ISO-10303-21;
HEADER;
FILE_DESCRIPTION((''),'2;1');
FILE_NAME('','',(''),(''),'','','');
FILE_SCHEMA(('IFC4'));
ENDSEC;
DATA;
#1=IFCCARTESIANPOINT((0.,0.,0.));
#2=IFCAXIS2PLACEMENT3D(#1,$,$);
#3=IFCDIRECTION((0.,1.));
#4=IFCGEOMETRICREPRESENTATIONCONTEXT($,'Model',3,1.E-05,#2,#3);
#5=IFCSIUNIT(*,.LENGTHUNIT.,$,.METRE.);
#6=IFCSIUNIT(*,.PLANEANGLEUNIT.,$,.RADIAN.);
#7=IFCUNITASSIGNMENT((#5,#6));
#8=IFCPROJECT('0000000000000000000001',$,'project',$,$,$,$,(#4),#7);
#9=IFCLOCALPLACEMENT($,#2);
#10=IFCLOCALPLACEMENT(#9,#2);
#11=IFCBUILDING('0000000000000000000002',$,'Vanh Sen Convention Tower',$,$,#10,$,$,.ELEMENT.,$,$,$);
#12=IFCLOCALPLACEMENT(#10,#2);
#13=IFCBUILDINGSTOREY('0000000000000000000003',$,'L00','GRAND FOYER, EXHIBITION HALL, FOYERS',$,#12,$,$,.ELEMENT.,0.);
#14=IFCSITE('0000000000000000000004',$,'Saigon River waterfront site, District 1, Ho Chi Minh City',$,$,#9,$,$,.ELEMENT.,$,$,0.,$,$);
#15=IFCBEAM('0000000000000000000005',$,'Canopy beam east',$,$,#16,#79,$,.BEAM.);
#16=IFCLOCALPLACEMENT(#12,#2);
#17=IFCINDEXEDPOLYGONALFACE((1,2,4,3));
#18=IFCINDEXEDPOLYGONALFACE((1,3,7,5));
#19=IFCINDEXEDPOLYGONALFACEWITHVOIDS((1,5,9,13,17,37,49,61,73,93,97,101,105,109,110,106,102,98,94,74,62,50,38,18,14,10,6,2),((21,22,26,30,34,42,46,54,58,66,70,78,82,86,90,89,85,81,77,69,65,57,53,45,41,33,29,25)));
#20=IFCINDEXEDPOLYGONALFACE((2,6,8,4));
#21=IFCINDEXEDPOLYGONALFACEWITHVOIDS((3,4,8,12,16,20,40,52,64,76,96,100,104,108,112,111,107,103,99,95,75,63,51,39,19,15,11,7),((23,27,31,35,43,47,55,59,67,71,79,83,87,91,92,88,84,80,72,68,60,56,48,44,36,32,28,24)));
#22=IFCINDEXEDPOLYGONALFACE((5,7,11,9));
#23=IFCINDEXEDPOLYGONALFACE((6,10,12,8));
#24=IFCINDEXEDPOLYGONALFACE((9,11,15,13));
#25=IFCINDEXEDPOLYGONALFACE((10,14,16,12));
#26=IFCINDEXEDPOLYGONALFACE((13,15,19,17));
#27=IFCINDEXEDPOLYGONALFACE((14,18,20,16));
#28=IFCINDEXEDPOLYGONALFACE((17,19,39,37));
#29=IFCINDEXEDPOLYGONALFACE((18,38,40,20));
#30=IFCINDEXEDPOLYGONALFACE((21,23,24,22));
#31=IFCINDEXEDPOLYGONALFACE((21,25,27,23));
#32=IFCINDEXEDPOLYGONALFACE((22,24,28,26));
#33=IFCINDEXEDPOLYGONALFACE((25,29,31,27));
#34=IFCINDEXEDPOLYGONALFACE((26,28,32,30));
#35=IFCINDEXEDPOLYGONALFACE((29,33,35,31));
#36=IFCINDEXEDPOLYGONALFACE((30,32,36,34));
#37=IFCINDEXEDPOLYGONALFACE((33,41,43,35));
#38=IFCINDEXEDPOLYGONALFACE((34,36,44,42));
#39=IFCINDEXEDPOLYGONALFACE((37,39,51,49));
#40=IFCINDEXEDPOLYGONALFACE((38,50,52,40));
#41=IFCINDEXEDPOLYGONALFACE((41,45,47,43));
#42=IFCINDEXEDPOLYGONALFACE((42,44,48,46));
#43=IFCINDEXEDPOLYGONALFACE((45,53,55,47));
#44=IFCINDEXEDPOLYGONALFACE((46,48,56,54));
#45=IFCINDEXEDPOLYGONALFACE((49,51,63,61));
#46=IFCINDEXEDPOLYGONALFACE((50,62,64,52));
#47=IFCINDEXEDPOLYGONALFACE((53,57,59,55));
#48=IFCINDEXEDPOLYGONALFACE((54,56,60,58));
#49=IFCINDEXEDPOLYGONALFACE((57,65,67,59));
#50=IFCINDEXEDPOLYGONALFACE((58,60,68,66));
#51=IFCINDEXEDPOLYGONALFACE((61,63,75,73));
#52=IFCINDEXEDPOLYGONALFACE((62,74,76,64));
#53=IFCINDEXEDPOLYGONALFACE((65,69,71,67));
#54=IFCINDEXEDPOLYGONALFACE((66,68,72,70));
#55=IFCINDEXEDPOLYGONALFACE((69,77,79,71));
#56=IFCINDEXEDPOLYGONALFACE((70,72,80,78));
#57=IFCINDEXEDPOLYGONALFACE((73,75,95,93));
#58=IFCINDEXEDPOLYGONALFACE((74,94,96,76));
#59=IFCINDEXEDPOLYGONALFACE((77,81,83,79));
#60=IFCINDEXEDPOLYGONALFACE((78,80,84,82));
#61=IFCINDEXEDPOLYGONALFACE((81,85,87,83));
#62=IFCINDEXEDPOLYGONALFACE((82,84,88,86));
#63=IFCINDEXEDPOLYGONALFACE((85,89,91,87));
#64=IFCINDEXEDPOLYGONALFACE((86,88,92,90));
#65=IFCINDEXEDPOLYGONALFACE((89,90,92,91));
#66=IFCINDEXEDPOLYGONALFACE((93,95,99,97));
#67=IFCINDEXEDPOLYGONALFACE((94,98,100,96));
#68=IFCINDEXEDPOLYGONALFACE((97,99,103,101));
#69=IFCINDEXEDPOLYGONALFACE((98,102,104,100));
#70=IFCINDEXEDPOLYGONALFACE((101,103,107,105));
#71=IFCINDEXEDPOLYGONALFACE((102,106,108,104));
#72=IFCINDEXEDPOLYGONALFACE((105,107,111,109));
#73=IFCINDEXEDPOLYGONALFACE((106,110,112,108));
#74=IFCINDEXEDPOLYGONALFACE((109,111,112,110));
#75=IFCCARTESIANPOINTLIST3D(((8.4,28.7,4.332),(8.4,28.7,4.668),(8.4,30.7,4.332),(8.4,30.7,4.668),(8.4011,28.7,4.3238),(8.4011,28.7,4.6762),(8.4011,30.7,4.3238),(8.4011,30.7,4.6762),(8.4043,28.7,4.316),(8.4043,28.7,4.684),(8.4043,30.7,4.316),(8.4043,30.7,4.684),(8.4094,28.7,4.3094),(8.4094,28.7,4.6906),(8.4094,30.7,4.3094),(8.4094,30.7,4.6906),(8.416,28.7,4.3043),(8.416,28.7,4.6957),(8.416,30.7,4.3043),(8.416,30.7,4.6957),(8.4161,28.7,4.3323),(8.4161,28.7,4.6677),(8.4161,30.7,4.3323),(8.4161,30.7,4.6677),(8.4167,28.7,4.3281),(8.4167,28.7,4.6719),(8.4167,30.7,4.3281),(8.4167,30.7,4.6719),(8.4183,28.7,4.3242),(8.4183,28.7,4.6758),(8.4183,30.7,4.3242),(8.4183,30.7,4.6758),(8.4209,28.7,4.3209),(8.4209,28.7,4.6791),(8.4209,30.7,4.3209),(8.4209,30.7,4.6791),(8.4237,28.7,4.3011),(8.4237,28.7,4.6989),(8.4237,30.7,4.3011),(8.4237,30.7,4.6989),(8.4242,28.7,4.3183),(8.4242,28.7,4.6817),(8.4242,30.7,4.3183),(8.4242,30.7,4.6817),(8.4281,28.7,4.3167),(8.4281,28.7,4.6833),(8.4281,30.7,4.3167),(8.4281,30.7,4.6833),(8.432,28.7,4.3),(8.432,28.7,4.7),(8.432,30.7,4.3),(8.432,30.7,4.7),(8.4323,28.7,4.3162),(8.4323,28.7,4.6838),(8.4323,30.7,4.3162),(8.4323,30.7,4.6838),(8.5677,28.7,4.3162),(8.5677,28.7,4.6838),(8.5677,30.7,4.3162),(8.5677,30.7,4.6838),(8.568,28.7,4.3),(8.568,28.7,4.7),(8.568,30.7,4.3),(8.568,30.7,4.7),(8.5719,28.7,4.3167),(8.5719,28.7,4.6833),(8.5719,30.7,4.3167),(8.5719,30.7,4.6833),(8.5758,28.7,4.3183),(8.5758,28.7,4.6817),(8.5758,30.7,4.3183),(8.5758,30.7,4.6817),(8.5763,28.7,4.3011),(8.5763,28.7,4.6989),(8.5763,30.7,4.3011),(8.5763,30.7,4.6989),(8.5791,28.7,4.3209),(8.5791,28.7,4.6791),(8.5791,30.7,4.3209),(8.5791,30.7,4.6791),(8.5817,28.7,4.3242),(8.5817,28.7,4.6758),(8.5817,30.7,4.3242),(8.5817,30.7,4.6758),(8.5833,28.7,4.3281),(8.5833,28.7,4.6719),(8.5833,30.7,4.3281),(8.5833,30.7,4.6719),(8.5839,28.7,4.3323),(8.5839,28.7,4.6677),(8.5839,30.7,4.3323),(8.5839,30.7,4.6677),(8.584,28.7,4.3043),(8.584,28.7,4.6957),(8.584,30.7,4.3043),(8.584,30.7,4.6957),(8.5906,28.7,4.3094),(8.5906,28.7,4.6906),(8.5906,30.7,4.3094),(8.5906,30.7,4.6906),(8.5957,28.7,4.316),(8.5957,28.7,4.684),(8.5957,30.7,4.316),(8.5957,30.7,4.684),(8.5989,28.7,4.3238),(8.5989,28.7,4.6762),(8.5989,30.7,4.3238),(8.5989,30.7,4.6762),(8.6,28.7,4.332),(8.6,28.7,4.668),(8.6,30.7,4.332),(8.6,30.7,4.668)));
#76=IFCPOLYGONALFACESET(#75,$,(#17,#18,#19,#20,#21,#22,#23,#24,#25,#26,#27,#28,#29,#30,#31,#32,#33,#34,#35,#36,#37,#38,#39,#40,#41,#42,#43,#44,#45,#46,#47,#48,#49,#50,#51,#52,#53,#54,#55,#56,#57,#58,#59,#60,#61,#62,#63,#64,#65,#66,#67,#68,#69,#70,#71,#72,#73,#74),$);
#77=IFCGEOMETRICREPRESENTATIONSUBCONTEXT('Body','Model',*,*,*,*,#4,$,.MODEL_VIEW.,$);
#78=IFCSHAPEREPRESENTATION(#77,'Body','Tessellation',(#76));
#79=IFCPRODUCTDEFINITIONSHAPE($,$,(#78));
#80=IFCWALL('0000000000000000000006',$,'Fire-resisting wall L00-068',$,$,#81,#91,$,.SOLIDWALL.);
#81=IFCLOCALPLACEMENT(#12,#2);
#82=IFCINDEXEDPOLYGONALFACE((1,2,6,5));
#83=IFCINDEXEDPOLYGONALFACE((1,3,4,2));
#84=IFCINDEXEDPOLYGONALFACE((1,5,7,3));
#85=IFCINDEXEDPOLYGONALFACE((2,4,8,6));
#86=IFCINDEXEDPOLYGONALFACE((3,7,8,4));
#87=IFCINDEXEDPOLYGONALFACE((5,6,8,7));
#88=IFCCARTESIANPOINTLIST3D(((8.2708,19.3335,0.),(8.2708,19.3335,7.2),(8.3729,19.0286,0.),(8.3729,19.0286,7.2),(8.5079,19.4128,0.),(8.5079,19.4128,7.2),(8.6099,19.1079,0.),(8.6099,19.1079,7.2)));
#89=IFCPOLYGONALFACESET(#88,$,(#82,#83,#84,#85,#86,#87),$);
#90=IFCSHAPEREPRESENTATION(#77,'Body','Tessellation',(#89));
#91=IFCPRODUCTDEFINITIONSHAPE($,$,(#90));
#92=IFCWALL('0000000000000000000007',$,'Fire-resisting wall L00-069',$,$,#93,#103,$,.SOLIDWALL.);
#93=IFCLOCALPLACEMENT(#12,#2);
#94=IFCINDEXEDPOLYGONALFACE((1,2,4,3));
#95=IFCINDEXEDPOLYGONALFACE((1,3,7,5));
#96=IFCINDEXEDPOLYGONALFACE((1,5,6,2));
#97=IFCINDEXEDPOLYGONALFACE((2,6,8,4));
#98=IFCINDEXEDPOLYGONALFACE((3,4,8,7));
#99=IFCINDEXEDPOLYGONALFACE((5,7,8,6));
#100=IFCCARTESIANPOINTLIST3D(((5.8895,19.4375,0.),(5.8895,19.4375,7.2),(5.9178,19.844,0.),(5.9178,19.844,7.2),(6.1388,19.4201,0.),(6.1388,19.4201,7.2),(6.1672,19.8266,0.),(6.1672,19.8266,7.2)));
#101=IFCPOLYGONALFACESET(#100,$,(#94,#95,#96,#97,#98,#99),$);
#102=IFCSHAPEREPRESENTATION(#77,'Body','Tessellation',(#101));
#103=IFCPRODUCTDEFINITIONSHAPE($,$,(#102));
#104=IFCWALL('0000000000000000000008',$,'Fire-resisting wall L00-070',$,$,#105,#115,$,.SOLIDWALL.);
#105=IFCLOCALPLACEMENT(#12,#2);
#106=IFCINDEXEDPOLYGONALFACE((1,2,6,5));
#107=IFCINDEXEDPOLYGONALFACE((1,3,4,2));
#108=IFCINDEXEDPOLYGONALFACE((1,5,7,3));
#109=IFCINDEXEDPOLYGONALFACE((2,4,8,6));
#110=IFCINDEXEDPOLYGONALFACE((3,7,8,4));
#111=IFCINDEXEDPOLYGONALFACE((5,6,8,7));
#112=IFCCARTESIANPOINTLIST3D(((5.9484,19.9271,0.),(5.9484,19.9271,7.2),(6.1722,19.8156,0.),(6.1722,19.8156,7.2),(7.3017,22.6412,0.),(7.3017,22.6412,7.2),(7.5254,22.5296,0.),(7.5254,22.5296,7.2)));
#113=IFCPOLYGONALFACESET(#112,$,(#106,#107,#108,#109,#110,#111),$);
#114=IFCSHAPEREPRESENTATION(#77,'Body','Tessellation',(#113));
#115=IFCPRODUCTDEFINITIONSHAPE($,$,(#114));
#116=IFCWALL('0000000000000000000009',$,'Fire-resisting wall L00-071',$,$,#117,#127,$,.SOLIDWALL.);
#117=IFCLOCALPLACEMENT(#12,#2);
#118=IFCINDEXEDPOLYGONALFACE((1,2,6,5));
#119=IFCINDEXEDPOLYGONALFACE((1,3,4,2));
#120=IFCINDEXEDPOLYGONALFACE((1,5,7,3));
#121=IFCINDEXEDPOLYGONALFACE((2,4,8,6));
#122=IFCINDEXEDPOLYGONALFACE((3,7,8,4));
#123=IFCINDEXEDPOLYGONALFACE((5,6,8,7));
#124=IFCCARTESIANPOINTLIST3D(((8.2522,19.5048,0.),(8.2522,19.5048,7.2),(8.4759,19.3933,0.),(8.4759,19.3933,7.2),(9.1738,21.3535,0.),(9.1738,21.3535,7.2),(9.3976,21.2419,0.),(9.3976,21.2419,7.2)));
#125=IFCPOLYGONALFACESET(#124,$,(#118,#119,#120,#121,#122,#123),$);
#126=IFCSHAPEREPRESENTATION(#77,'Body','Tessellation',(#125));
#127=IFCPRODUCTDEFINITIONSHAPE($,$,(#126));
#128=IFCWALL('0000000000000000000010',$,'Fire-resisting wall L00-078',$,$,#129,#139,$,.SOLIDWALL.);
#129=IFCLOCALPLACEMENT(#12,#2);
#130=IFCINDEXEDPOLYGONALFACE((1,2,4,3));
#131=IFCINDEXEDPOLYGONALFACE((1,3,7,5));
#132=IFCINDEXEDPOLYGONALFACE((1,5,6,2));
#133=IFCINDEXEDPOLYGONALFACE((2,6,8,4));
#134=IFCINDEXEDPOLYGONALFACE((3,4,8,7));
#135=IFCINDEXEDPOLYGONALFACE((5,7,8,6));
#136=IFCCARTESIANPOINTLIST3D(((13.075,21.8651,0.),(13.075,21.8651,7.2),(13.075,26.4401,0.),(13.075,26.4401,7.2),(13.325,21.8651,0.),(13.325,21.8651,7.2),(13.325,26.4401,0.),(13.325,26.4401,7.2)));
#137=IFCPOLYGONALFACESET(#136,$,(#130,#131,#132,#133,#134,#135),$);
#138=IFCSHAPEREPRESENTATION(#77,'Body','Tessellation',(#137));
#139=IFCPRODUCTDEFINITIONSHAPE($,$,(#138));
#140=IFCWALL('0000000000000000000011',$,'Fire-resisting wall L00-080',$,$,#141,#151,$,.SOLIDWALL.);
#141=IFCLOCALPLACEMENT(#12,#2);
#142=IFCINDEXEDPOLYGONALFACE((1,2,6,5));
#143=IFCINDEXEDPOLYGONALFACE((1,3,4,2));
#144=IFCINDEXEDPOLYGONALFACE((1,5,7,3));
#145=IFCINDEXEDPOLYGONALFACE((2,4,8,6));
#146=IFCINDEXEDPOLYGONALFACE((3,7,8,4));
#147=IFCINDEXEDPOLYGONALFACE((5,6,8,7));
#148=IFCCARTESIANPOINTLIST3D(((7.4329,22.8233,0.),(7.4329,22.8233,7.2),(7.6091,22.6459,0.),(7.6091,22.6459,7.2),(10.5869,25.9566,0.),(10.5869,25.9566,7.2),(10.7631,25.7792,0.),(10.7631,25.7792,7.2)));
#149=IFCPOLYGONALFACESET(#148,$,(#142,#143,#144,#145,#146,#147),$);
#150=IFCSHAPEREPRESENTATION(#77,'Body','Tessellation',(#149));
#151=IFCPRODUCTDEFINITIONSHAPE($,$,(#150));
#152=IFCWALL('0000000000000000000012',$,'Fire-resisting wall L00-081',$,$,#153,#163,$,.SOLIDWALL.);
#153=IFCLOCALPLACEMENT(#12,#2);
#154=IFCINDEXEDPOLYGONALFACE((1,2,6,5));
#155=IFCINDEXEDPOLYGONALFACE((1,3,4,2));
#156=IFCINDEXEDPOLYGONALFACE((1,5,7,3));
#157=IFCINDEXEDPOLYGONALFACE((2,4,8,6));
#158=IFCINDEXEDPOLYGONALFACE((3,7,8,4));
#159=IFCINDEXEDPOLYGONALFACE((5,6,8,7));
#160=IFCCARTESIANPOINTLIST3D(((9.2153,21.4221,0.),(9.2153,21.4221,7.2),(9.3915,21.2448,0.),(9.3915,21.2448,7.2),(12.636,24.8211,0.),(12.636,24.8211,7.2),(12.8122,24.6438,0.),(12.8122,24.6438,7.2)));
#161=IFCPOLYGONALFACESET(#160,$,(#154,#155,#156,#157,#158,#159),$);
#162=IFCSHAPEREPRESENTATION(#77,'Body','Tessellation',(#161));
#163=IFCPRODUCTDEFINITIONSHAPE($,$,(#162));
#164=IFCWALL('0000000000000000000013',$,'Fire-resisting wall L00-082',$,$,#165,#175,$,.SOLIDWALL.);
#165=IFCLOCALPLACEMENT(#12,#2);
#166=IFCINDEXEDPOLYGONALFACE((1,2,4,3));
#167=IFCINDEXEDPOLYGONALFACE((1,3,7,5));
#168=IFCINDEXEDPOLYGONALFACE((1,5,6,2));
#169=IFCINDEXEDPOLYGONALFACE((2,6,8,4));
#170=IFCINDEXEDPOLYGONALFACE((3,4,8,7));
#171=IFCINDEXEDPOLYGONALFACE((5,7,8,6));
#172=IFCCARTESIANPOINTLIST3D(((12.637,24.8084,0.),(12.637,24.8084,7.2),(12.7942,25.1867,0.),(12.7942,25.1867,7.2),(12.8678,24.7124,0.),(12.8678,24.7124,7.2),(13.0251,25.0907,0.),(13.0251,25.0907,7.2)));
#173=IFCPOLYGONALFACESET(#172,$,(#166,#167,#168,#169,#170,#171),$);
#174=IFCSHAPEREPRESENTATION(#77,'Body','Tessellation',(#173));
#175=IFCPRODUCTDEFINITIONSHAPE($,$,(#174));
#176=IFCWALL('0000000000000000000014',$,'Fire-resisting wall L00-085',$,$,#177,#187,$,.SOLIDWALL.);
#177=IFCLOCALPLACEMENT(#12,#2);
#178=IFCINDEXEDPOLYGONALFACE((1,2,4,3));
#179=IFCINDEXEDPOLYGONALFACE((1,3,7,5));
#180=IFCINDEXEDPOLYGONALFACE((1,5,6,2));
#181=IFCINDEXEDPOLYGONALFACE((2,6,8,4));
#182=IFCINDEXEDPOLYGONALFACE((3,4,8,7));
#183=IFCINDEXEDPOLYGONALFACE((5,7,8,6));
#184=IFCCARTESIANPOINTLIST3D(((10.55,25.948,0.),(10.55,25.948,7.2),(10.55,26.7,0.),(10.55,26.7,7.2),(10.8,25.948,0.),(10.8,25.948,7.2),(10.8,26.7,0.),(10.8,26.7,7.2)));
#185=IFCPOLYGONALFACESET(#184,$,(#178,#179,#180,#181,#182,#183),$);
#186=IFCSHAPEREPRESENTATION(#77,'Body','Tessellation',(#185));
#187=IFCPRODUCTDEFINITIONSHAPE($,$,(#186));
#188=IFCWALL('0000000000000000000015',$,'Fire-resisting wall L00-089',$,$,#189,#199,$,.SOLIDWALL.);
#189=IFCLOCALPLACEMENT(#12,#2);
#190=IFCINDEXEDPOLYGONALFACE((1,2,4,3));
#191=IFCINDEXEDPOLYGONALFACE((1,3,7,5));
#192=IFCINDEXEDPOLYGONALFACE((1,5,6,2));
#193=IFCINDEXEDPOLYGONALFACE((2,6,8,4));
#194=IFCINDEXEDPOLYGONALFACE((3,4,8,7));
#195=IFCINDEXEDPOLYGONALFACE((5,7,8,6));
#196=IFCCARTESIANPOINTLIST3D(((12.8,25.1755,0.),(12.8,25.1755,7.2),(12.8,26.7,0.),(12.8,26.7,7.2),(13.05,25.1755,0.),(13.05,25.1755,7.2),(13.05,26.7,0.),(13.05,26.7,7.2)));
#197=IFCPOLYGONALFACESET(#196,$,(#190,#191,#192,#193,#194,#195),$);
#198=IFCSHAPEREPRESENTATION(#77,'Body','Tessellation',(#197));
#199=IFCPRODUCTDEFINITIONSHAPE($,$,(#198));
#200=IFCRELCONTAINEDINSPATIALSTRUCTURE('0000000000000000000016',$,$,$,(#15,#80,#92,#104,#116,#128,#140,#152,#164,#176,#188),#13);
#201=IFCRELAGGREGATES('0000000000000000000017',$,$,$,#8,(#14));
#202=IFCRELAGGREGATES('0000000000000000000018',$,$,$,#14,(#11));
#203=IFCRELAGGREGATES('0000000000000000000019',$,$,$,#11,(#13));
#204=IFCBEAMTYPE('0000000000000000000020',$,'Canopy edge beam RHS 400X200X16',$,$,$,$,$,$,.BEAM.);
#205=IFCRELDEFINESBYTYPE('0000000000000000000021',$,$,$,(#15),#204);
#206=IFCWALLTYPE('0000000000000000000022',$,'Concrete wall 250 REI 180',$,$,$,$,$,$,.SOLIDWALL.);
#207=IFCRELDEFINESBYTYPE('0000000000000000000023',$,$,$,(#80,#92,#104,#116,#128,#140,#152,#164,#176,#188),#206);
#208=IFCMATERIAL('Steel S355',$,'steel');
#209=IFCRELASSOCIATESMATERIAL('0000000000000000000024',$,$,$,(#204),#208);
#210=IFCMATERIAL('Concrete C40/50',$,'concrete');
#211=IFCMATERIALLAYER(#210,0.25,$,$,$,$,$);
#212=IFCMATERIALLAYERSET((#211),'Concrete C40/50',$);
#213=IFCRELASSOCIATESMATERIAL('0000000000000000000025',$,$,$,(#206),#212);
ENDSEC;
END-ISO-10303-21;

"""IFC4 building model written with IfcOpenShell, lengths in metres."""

from ifc_helpers import new_model, si_unit, direction, frame, frame_2d, origin, origin_2d, place, context, subcontext, project, spatial, rectangle, hollow_rectangle, extrude, material, layer, layer_set, material_profile, profile_set, type_object, element, save


model = new_model("IFC4")

# Units and contexts
model_context = context("Model", 3, precision=1e-05, world=origin(), true_north=direction((0.0, 1.0)))
body_context = subcontext(model_context, "Body", "Model", "MODEL_VIEW")
ifc_project = project(units=[si_unit("LENGTHUNIT", "METRE"), si_unit("PLANEANGLEUNIT", "RADIAN")], contexts=[model_context])

# Site, building, storey
site_placement = place(None, origin())
site = spatial("IfcSite", under=ifc_project, at=site_placement, Name="Saigon River waterfront site, District 1, Ho Chi Minh City", CompositionType="ELEMENT", RefElevation=0.0)
building_placement = place(site_placement, origin())
building = spatial("IfcBuilding", under=site, at=building_placement, Name="Vanh Sen Convention Tower", CompositionType="ELEMENT")
storey_placement = place(building_placement, origin())
storey = spatial("IfcBuildingStorey", under=building, at=storey_placement, Name="L00", Description="GRAND FOYER, EXHIBITION HALL, FOYERS", CompositionType="ELEMENT", Elevation=0.0)

# Shared definitions
ifc_material_1 = material(Name="Concrete C40/50", Category="concrete")

# Shared definitions
ifc_material_2 = material(Name="Steel S355", Category="steel")

# Beam
ifc_material_profile_1 = material_profile(ifc_material_2, hollow_rectangle(XDim=0.2, YDim=0.3999, WallThickness=0.0161, InnerFilletRadius=0.0161, OuterFilletRadius=0.032, at=origin_2d()), Name="RHS 400X200X16")
ifc_profile_set_1 = profile_set([ifc_material_profile_1], Name="Steel S355")
beam_type_1 = type_object("IfcBeamType", Name="Canopy edge beam RHS 400X200X16", PredefinedType="BEAM", material=ifc_profile_set_1)
beam_1_placement = place(storey_placement, frame((8.5, 28.7, 4.5), z_axis=(0.0, 1.0, 0.0), x_axis=(-1.0, 0.0, 0.0)))
element("IfcBeam", 1, at=beam_1_placement, inside=storey, type_object=beam_type_1, Name="Canopy beam east", PredefinedType="BEAM", context=body_context, shape_type="SweptSolid", body=[
    extrude(hollow_rectangle(XDim=0.2, YDim=0.3999, WallThickness=0.0161, InnerFilletRadius=0.0161, OuterFilletRadius=0.032, at=origin_2d()), origin(), (0.0, 0.0, 1.0), 2.0),
])

# Walls
ifc_layer_1 = layer(ifc_material_1, 0.25)
ifc_layer_set_1 = layer_set([ifc_layer_1], Name="Concrete C40/50")
wall_type_1 = type_object("IfcWallType", Name="Concrete wall 250 REI 180", PredefinedType="SOLIDWALL", material=ifc_layer_set_1)
wall_1_placement = place(storey_placement, frame((8.3894, 19.373, 0.0), z_axis=(0.0, 0.0, 1.0), x_axis=(0.317366, -0.948303, 0.0)))
element("IfcWall", 2, at=wall_1_placement, inside=storey, type_object=wall_type_1, Name="Fire-resisting wall L00-068", PredefinedType="SOLIDWALL", context=body_context, shape_type="SweptSolid", body=[
    extrude(rectangle(XDim=0.3215, YDim=0.25, at=frame_2d((0.1606, 0.0))), origin(), (0.0, 0.0, 1.0), 7.2),
])
wall_2_placement = place(storey_placement, frame((6.0142, 19.429, 0.0), z_axis=(0.0, 0.0, 1.0), x_axis=(0.069501, 0.997582, 0.0)))
element("IfcWall", 3, at=wall_2_placement, inside=storey, type_object=wall_type_1, Name="Fire-resisting wall L00-069", PredefinedType="SOLIDWALL", context=body_context, shape_type="SweptSolid", body=[
    extrude(rectangle(XDim=0.4075, YDim=0.25, at=frame_2d((0.2036, 0.0))), origin(), (0.0, 0.0, 1.0), 7.2),
])
wall_3_placement = place(storey_placement, frame((6.0603, 19.8713, 0.0), z_axis=(0.0, 0.0, 1.0), x_axis=(0.446215, 0.894926, 0.0)))
element("IfcWall", 4, at=wall_3_placement, inside=storey, type_object=wall_type_1, Name="Fire-resisting wall L00-070", PredefinedType="SOLIDWALL", context=body_context, shape_type="SweptSolid", body=[
    extrude(rectangle(XDim=3.0327, YDim=0.25, at=frame_2d((1.5164, 0.0))), origin(), (0.0, 0.0, 1.0), 7.2),
])
wall_4_placement = place(storey_placement, frame((9.2856, 21.2976, 0.0), z_axis=(0.0, 0.0, 1.0), x_axis=(-0.446173, -0.894947, 0.0)))
element("IfcWall", 5, at=wall_4_placement, inside=storey, type_object=wall_type_1, Name="Fire-resisting wall L00-071", PredefinedType="SOLIDWALL", context=body_context, shape_type="SweptSolid", body=[
    extrude(rectangle(XDim=2.0657, YDim=0.25, at=frame_2d((1.0327, 0.0))), origin(), (0.0, 0.0, 1.0), 7.2),
])
wall_5_placement = place(storey_placement, frame((13.2, 21.865, 0.0), z_axis=(0.0, 0.0, 1.0), x_axis=(0.0, 1.0, 0.0)))
element("IfcWall", 6, at=wall_5_placement, inside=storey, type_object=wall_type_1, Name="Fire-resisting wall L00-078", PredefinedType="SOLIDWALL", context=body_context, shape_type="SweptSolid", body=[
    extrude(rectangle(XDim=4.575, YDim=0.25, at=frame_2d((2.2876, 0.0))), origin(), (0.0, 0.0, 1.0), 7.2),
])
wall_6_placement = place(storey_placement, frame((7.521, 22.7346, 0.0), z_axis=(0.0, 0.0, 1.0), x_axis=(0.709437, 0.704769, 0.0)))
element("IfcWall", 7, at=wall_6_placement, inside=storey, type_object=wall_type_1, Name="Fire-resisting wall L00-080", PredefinedType="SOLIDWALL", context=body_context, shape_type="SweptSolid", body=[
    extrude(rectangle(XDim=4.4458, YDim=0.25, at=frame_2d((2.2229, 0.0))), origin(), (0.0, 0.0, 1.0), 7.2),
])
wall_7_placement = place(storey_placement, frame((12.7241, 24.7324, 0.0), z_axis=(0.0, 0.0, 1.0), x_axis=(-0.709356, -0.70485, 0.0)))
element("IfcWall", 8, at=wall_7_placement, inside=storey, type_object=wall_type_1, Name="Fire-resisting wall L00-081", PredefinedType="SOLIDWALL", context=body_context, shape_type="SweptSolid", body=[
    extrude(rectangle(XDim=4.8223, YDim=0.25, at=frame_2d((2.4111, 0.0))), origin(), (0.0, 0.0, 1.0), 7.2),
])
wall_8_placement = place(storey_placement, frame((12.9097, 25.1387, 0.0), z_axis=(0.0, 0.0, 1.0), x_axis=(-0.383896, -0.923376, 0.0)))
element("IfcWall", 9, at=wall_8_placement, inside=storey, type_object=wall_type_1, Name="Fire-resisting wall L00-082", PredefinedType="SOLIDWALL", context=body_context, shape_type="SweptSolid", body=[
    extrude(rectangle(XDim=0.4097, YDim=0.25, at=frame_2d((0.2048, 0.0))), origin(), (0.0, 0.0, 1.0), 7.2),
])
wall_9_placement = place(storey_placement, frame((10.675, 25.948, 0.0), z_axis=(0.0, 0.0, 1.0), x_axis=(0.0, 1.0, 0.0)))
element("IfcWall", 10, at=wall_9_placement, inside=storey, type_object=wall_type_1, Name="Fire-resisting wall L00-085", PredefinedType="SOLIDWALL", context=body_context, shape_type="SweptSolid", body=[
    extrude(rectangle(XDim=0.752, YDim=0.25, at=frame_2d((0.376, 0.0))), origin(), (0.0, 0.0, 1.0), 7.2),
])
wall_10_placement = place(storey_placement, frame((12.925, 26.7, 0.0), z_axis=(0.0, 0.0, 1.0), x_axis=(0.0, -1.0, 0.0)))
element("IfcWall", 11, at=wall_10_placement, inside=storey, type_object=wall_type_1, Name="Fire-resisting wall L00-089", PredefinedType="SOLIDWALL", context=body_context, shape_type="SweptSolid", body=[
    extrude(rectangle(XDim=1.5244, YDim=0.25, at=frame_2d((0.7622, 0.0))), origin(), (0.0, 0.0, 1.0), 7.2),
])

save(model, "model.ifc")
